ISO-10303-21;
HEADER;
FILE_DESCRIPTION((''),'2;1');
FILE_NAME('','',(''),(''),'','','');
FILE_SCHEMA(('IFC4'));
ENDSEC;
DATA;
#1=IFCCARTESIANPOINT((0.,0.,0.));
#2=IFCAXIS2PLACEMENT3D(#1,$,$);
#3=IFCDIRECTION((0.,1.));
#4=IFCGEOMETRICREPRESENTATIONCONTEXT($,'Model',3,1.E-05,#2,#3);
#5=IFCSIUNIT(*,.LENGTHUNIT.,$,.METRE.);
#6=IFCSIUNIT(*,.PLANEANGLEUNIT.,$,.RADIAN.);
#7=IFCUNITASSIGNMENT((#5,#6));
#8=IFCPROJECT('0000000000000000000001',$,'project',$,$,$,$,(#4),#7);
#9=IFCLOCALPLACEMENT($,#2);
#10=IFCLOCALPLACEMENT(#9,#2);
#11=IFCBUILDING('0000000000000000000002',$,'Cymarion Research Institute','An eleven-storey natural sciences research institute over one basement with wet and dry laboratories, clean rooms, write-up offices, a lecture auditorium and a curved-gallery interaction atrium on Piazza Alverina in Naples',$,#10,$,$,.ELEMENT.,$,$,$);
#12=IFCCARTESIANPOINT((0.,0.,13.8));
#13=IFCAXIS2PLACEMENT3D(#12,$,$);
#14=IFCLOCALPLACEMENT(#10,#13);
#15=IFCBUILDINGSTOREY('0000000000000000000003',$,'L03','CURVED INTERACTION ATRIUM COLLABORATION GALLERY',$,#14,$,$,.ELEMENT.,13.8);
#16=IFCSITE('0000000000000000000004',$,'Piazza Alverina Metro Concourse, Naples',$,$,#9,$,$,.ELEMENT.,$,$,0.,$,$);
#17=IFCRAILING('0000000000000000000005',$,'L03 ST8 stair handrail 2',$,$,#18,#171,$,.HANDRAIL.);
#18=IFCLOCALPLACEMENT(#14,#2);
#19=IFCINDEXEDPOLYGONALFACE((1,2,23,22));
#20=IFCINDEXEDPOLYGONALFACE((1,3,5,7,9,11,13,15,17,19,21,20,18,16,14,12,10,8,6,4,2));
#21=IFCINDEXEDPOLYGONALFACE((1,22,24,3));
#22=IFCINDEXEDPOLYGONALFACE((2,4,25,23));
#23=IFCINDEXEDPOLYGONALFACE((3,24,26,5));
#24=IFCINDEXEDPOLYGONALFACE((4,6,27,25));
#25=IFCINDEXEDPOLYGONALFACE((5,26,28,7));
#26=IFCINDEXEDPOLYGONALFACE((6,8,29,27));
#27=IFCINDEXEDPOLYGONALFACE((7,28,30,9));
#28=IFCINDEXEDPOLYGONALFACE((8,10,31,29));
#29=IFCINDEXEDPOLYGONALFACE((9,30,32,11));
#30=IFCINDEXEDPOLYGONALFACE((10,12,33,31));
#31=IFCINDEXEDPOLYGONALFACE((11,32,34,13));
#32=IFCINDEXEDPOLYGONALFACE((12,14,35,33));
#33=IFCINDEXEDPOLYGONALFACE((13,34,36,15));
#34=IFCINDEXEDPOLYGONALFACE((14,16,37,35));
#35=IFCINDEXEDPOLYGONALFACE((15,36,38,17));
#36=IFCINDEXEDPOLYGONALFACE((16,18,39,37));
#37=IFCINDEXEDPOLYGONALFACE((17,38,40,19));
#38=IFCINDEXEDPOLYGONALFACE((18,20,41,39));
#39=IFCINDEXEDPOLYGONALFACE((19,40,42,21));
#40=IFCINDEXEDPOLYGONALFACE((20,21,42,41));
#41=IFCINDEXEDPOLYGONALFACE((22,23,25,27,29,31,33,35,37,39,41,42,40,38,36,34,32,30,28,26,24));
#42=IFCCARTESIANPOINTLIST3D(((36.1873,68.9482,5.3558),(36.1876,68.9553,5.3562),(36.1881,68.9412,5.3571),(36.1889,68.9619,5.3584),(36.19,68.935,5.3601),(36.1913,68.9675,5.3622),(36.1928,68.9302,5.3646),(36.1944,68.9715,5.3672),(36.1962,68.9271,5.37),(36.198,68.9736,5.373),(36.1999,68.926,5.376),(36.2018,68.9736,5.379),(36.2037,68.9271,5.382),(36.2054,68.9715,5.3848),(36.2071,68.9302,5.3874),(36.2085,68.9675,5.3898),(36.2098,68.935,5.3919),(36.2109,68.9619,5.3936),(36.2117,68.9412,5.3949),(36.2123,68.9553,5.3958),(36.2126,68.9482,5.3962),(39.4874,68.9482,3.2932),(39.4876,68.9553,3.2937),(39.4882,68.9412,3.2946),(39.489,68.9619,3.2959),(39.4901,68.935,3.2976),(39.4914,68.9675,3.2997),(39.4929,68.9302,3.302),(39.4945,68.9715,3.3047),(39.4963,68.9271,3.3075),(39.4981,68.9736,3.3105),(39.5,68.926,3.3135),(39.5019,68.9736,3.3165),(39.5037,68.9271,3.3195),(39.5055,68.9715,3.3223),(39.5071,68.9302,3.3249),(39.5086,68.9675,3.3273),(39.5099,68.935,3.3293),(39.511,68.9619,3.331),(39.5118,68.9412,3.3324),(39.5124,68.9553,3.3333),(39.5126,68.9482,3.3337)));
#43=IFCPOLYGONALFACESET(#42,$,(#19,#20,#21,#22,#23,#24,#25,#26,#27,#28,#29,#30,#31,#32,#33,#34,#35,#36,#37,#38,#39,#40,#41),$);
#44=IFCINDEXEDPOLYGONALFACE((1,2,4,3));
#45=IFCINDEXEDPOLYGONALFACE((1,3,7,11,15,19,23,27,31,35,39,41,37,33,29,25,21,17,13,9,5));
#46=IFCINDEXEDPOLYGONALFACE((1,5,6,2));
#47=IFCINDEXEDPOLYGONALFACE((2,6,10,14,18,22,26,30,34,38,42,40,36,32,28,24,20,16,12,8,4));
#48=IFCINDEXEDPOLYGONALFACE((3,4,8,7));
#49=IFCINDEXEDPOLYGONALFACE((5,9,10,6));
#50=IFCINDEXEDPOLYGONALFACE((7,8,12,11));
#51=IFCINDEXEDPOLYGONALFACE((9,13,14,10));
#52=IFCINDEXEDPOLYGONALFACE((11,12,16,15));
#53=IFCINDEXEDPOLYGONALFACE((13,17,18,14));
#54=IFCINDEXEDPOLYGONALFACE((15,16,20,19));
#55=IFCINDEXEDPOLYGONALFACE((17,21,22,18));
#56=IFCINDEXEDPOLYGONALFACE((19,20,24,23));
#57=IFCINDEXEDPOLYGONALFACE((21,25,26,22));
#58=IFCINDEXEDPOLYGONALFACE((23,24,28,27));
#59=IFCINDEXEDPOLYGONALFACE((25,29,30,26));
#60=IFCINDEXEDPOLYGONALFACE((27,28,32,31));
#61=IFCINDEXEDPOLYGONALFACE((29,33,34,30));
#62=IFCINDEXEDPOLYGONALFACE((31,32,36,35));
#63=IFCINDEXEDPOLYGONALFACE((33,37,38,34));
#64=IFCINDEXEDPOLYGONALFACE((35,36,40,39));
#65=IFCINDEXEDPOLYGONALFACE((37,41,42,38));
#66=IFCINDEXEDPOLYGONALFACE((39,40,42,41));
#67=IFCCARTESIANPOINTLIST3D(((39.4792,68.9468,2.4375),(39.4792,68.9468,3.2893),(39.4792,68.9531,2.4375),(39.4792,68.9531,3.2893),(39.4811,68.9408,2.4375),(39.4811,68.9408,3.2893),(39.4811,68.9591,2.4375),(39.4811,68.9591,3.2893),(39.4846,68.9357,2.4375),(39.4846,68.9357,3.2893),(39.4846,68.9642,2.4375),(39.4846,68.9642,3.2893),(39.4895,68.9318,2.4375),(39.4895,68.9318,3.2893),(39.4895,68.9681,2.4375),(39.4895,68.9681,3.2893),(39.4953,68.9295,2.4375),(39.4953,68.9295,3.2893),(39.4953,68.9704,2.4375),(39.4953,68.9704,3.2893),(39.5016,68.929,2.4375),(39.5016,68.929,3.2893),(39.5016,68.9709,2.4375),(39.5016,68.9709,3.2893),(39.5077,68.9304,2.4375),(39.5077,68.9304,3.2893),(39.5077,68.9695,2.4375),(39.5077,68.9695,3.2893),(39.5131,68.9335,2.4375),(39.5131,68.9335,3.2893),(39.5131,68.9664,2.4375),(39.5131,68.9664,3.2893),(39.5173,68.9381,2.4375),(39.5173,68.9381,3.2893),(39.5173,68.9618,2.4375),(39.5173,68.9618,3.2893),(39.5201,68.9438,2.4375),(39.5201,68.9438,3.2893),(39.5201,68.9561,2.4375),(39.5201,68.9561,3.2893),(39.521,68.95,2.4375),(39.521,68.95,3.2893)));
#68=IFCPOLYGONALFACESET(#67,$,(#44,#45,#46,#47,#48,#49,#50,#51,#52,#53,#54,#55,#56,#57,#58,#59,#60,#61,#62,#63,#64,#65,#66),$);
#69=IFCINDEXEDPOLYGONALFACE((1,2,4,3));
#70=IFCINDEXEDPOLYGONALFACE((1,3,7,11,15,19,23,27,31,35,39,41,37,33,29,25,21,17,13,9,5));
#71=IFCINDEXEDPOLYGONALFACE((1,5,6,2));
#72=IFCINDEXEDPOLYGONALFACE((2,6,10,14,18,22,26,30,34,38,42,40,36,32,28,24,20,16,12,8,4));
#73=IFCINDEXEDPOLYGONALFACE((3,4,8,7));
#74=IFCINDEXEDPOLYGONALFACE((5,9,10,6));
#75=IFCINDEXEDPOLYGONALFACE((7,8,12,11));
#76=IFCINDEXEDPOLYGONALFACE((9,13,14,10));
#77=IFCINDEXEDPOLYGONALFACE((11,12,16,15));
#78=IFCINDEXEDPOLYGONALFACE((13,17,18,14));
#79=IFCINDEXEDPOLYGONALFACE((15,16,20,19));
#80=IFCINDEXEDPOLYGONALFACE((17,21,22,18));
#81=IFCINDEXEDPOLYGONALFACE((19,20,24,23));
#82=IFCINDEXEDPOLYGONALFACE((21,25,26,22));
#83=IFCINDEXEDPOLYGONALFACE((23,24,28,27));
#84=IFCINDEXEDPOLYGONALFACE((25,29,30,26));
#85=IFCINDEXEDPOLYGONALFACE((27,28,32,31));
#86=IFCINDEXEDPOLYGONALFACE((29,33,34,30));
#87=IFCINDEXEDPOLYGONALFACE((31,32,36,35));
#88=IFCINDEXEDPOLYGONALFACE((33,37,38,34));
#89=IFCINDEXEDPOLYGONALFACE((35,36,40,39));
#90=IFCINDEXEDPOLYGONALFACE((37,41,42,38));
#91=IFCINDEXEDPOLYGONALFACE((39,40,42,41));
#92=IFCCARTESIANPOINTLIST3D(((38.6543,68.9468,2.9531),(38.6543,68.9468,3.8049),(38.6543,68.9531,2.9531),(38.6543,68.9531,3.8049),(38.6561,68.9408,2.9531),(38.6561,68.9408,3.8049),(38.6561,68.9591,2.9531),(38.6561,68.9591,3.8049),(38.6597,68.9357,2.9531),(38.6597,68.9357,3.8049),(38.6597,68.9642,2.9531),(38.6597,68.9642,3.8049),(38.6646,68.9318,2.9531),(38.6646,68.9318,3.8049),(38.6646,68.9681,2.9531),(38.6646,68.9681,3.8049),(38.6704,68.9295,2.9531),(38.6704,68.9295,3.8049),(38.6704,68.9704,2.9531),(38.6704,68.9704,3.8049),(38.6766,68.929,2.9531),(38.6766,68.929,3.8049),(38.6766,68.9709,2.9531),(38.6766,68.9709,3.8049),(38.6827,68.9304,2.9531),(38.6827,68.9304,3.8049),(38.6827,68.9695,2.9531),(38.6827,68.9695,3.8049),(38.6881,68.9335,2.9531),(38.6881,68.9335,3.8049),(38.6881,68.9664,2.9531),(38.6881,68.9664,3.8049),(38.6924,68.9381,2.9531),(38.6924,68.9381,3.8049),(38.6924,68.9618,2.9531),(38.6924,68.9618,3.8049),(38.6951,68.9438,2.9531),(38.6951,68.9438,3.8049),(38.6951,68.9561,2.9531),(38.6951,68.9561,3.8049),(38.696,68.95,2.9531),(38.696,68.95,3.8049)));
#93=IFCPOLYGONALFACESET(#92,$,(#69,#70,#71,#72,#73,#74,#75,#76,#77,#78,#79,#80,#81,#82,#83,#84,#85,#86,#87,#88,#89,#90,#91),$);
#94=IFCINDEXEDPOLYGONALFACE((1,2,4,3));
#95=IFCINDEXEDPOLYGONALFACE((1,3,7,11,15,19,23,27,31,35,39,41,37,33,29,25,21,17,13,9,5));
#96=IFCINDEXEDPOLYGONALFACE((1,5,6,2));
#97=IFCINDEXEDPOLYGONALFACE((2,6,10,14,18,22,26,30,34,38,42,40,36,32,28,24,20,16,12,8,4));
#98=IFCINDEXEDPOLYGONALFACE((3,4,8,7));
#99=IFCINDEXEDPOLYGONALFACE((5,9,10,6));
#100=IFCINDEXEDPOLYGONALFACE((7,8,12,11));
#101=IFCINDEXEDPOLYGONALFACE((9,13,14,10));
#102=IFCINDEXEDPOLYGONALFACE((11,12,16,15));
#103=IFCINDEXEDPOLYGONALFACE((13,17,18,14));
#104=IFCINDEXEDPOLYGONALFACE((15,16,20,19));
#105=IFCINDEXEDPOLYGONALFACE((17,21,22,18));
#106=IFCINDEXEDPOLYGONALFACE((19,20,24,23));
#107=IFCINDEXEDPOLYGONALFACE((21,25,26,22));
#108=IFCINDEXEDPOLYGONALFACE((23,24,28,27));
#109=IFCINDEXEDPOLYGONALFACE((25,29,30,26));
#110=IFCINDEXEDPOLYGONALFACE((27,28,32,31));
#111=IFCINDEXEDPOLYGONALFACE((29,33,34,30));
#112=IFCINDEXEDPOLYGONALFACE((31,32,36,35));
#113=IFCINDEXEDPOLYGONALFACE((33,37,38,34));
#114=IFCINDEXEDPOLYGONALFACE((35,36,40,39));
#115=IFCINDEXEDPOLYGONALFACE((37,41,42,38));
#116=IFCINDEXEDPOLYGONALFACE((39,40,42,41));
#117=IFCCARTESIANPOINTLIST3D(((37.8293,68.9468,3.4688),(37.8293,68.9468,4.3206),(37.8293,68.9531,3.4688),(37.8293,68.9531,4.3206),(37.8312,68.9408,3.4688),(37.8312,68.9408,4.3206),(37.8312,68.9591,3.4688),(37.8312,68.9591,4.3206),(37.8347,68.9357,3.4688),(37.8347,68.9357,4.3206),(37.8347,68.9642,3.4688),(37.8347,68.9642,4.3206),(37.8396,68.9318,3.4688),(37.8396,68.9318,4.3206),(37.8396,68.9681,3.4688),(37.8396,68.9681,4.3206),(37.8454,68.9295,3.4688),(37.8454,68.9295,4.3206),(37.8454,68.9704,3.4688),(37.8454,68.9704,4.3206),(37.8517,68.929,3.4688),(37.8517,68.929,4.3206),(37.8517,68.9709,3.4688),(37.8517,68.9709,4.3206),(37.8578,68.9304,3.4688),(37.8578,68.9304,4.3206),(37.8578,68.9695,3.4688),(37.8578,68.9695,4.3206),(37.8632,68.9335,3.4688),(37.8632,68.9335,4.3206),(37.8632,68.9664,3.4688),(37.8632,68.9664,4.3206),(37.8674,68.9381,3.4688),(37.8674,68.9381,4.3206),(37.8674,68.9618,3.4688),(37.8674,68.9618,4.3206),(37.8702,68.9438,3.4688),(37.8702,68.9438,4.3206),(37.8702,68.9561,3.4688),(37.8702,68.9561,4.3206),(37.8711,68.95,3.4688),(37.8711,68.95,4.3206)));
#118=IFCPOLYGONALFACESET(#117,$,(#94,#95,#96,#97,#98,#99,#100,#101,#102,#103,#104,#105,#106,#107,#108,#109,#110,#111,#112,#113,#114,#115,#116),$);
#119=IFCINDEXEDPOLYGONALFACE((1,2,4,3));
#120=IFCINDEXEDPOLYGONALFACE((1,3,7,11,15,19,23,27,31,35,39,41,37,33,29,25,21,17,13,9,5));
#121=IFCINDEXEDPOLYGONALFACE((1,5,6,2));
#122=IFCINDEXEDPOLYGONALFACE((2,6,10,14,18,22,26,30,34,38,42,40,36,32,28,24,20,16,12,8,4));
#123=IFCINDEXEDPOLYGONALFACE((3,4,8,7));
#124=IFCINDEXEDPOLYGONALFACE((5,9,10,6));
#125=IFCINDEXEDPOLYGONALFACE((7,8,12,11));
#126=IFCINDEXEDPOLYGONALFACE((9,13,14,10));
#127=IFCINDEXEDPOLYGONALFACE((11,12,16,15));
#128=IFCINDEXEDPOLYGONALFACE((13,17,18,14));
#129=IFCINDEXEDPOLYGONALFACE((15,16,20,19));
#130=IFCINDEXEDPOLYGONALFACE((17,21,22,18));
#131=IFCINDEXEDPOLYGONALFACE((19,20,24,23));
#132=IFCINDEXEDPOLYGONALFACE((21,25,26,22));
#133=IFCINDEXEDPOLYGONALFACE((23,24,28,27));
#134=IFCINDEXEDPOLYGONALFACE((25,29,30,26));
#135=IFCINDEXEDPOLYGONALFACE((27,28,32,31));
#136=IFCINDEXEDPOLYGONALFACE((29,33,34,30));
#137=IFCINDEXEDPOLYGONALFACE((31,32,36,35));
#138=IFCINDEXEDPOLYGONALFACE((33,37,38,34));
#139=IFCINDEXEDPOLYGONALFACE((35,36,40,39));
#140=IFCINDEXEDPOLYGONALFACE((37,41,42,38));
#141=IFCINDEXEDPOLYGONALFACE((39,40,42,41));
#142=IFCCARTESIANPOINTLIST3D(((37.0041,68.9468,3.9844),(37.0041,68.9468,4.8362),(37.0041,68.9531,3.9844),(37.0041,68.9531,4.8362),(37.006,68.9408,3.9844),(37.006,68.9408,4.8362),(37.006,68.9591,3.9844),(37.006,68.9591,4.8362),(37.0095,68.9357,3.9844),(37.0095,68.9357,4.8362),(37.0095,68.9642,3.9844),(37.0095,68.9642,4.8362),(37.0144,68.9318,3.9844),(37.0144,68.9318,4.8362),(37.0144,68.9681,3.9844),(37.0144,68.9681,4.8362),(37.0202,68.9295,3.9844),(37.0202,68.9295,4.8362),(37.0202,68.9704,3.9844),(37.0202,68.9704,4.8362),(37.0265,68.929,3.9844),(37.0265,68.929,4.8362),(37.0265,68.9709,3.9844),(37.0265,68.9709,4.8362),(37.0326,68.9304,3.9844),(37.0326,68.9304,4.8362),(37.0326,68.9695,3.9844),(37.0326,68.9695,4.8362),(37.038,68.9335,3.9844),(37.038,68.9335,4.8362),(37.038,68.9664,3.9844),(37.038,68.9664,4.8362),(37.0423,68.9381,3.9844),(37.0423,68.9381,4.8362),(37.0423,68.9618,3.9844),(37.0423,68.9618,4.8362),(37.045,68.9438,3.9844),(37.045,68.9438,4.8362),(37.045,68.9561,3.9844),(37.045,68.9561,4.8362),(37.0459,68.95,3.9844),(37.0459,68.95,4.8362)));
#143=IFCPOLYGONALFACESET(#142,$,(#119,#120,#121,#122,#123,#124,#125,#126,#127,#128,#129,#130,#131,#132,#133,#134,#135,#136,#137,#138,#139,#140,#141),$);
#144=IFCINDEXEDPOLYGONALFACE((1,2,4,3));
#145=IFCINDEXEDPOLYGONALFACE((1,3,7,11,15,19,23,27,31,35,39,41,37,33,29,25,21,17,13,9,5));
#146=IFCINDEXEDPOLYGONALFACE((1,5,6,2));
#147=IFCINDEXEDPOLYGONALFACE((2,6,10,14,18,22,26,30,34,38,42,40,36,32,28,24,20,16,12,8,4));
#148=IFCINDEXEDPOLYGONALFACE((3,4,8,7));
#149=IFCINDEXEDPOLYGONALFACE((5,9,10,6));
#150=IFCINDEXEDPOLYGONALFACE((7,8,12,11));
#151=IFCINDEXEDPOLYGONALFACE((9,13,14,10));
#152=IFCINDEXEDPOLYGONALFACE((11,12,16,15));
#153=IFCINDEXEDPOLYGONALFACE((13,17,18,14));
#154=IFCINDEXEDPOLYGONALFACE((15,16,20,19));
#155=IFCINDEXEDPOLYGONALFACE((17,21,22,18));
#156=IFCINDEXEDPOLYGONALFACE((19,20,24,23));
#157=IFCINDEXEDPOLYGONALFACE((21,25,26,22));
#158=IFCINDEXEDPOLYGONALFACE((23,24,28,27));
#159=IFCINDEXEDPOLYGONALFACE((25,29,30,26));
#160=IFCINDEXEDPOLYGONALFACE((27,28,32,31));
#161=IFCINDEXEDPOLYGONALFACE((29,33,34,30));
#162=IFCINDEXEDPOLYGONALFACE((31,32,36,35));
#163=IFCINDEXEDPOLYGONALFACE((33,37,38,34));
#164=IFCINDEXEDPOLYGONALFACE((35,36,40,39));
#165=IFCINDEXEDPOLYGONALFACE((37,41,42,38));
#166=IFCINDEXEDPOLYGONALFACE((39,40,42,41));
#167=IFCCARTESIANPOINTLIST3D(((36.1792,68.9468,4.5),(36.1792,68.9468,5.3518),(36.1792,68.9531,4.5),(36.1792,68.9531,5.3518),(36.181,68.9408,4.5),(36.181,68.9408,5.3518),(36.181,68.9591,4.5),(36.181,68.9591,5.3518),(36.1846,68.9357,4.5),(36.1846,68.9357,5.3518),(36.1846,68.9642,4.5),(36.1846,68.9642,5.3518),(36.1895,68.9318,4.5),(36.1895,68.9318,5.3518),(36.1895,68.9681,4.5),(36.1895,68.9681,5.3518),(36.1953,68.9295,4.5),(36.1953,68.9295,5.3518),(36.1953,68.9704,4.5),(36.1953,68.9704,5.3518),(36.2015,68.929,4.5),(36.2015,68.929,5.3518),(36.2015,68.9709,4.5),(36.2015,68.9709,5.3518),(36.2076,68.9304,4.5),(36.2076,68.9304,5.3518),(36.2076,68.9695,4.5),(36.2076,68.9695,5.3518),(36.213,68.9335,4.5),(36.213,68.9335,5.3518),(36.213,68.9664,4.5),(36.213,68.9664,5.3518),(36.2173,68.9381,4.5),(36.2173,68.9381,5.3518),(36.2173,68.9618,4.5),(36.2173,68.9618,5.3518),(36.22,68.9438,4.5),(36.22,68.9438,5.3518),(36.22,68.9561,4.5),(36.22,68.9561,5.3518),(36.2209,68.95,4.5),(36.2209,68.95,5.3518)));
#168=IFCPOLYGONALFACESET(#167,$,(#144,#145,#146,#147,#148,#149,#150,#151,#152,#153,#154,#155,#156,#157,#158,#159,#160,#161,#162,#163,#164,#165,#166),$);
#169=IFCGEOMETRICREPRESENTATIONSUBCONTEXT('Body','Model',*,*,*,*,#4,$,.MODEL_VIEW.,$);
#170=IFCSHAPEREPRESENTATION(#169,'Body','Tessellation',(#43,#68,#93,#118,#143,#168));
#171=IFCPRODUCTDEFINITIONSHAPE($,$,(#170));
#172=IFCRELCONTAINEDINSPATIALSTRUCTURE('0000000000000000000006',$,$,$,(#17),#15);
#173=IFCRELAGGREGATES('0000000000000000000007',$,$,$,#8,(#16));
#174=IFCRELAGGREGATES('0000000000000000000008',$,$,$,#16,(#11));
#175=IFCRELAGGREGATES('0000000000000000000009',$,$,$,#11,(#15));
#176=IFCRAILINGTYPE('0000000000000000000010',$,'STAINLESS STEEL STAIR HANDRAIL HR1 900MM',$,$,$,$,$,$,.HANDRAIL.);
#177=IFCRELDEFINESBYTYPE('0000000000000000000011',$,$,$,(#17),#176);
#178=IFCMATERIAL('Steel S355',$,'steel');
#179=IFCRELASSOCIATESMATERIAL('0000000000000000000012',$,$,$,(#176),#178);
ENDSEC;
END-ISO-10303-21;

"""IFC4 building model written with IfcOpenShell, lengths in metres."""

from ifc_helpers import new_model, si_unit, direction, frame, origin, origin_2d, place, context, subcontext, project, spatial, circle, extrude, material, type_object, element, save


model = new_model("IFC4")

# Units and contexts
model_context = context("Model", 3, precision=1e-05, world=origin(), true_north=direction((0.0, 1.0)))
body_context = subcontext(model_context, "Body", "Model", "MODEL_VIEW")
ifc_project = project(units=[si_unit("LENGTHUNIT", "METRE"), si_unit("PLANEANGLEUNIT", "RADIAN")], contexts=[model_context])

# Site, building, storey
site_placement = place(None, origin())
site = spatial("IfcSite", under=ifc_project, at=site_placement, Name="Piazza Alverina Metro Concourse, Naples", CompositionType="ELEMENT", RefElevation=0.0)
building_placement = place(site_placement, origin())
building = spatial("IfcBuilding", under=site, at=building_placement, Name="Cymarion Research Institute", Description="An eleven-storey natural sciences research institute over one basement with wet and dry laboratories, clean rooms, write-up offices, a lecture auditorium and a curved-gallery interaction atrium on Piazza Alverina in Naples", CompositionType="ELEMENT")
storey_placement = place(building_placement, frame((0.0, 0.0, 13.8)))
storey = spatial("IfcBuildingStorey", under=building, at=storey_placement, Name="L03", Description="CURVED INTERACTION ATRIUM COLLABORATION GALLERY", CompositionType="ELEMENT", Elevation=13.8)

# Shared definitions
ifc_material_1 = material(Name="Steel S355", Category="steel")

# Railing
railing_type_1 = type_object("IfcRailingType", Name="STAINLESS STEEL STAIR HANDRAIL HR1 900MM", PredefinedType="HANDRAIL", material=ifc_material_1)
railing_1_placement = place(storey_placement, frame((39.5, 68.95, 2.4375)))
element("IfcRailing", 1, at=railing_1_placement, inside=storey, type_object=railing_type_1, Name="L03 ST8 stair handrail 2", PredefinedType="HANDRAIL", context=body_context, shape_type="SweptSolid", body=[
    extrude(circle(Radius=0.0239, at=origin_2d()), frame((0.0, 0.0, 0.876), z_axis=(-0.848002, 0.0, 0.529993), x_axis=(0.0, -1.0, 0.0)), (0.0, 0.0, 1.0), 3.8916),
    extrude(circle(Radius=0.021, at=origin_2d()), origin(), (0.0, 0.0, 1.0), 0.8518),
    extrude(circle(Radius=0.021, at=origin_2d()), frame((-0.825, 0.0, 0.5156)), (0.0, 0.0, 1.0), 0.8518),
    extrude(circle(Radius=0.021, at=origin_2d()), frame((-1.6499, 0.0, 1.0312)), (0.0, 0.0, 1.0), 0.8518),
    extrude(circle(Radius=0.021, at=origin_2d()), frame((-2.4751, 0.0, 1.5469)), (0.0, 0.0, 1.0), 0.8518),
    extrude(circle(Radius=0.021, at=origin_2d()), frame((-3.3, 0.0, 2.0625)), (0.0, 0.0, 1.0), 0.8518),
])

save(model, "model.ifc")
